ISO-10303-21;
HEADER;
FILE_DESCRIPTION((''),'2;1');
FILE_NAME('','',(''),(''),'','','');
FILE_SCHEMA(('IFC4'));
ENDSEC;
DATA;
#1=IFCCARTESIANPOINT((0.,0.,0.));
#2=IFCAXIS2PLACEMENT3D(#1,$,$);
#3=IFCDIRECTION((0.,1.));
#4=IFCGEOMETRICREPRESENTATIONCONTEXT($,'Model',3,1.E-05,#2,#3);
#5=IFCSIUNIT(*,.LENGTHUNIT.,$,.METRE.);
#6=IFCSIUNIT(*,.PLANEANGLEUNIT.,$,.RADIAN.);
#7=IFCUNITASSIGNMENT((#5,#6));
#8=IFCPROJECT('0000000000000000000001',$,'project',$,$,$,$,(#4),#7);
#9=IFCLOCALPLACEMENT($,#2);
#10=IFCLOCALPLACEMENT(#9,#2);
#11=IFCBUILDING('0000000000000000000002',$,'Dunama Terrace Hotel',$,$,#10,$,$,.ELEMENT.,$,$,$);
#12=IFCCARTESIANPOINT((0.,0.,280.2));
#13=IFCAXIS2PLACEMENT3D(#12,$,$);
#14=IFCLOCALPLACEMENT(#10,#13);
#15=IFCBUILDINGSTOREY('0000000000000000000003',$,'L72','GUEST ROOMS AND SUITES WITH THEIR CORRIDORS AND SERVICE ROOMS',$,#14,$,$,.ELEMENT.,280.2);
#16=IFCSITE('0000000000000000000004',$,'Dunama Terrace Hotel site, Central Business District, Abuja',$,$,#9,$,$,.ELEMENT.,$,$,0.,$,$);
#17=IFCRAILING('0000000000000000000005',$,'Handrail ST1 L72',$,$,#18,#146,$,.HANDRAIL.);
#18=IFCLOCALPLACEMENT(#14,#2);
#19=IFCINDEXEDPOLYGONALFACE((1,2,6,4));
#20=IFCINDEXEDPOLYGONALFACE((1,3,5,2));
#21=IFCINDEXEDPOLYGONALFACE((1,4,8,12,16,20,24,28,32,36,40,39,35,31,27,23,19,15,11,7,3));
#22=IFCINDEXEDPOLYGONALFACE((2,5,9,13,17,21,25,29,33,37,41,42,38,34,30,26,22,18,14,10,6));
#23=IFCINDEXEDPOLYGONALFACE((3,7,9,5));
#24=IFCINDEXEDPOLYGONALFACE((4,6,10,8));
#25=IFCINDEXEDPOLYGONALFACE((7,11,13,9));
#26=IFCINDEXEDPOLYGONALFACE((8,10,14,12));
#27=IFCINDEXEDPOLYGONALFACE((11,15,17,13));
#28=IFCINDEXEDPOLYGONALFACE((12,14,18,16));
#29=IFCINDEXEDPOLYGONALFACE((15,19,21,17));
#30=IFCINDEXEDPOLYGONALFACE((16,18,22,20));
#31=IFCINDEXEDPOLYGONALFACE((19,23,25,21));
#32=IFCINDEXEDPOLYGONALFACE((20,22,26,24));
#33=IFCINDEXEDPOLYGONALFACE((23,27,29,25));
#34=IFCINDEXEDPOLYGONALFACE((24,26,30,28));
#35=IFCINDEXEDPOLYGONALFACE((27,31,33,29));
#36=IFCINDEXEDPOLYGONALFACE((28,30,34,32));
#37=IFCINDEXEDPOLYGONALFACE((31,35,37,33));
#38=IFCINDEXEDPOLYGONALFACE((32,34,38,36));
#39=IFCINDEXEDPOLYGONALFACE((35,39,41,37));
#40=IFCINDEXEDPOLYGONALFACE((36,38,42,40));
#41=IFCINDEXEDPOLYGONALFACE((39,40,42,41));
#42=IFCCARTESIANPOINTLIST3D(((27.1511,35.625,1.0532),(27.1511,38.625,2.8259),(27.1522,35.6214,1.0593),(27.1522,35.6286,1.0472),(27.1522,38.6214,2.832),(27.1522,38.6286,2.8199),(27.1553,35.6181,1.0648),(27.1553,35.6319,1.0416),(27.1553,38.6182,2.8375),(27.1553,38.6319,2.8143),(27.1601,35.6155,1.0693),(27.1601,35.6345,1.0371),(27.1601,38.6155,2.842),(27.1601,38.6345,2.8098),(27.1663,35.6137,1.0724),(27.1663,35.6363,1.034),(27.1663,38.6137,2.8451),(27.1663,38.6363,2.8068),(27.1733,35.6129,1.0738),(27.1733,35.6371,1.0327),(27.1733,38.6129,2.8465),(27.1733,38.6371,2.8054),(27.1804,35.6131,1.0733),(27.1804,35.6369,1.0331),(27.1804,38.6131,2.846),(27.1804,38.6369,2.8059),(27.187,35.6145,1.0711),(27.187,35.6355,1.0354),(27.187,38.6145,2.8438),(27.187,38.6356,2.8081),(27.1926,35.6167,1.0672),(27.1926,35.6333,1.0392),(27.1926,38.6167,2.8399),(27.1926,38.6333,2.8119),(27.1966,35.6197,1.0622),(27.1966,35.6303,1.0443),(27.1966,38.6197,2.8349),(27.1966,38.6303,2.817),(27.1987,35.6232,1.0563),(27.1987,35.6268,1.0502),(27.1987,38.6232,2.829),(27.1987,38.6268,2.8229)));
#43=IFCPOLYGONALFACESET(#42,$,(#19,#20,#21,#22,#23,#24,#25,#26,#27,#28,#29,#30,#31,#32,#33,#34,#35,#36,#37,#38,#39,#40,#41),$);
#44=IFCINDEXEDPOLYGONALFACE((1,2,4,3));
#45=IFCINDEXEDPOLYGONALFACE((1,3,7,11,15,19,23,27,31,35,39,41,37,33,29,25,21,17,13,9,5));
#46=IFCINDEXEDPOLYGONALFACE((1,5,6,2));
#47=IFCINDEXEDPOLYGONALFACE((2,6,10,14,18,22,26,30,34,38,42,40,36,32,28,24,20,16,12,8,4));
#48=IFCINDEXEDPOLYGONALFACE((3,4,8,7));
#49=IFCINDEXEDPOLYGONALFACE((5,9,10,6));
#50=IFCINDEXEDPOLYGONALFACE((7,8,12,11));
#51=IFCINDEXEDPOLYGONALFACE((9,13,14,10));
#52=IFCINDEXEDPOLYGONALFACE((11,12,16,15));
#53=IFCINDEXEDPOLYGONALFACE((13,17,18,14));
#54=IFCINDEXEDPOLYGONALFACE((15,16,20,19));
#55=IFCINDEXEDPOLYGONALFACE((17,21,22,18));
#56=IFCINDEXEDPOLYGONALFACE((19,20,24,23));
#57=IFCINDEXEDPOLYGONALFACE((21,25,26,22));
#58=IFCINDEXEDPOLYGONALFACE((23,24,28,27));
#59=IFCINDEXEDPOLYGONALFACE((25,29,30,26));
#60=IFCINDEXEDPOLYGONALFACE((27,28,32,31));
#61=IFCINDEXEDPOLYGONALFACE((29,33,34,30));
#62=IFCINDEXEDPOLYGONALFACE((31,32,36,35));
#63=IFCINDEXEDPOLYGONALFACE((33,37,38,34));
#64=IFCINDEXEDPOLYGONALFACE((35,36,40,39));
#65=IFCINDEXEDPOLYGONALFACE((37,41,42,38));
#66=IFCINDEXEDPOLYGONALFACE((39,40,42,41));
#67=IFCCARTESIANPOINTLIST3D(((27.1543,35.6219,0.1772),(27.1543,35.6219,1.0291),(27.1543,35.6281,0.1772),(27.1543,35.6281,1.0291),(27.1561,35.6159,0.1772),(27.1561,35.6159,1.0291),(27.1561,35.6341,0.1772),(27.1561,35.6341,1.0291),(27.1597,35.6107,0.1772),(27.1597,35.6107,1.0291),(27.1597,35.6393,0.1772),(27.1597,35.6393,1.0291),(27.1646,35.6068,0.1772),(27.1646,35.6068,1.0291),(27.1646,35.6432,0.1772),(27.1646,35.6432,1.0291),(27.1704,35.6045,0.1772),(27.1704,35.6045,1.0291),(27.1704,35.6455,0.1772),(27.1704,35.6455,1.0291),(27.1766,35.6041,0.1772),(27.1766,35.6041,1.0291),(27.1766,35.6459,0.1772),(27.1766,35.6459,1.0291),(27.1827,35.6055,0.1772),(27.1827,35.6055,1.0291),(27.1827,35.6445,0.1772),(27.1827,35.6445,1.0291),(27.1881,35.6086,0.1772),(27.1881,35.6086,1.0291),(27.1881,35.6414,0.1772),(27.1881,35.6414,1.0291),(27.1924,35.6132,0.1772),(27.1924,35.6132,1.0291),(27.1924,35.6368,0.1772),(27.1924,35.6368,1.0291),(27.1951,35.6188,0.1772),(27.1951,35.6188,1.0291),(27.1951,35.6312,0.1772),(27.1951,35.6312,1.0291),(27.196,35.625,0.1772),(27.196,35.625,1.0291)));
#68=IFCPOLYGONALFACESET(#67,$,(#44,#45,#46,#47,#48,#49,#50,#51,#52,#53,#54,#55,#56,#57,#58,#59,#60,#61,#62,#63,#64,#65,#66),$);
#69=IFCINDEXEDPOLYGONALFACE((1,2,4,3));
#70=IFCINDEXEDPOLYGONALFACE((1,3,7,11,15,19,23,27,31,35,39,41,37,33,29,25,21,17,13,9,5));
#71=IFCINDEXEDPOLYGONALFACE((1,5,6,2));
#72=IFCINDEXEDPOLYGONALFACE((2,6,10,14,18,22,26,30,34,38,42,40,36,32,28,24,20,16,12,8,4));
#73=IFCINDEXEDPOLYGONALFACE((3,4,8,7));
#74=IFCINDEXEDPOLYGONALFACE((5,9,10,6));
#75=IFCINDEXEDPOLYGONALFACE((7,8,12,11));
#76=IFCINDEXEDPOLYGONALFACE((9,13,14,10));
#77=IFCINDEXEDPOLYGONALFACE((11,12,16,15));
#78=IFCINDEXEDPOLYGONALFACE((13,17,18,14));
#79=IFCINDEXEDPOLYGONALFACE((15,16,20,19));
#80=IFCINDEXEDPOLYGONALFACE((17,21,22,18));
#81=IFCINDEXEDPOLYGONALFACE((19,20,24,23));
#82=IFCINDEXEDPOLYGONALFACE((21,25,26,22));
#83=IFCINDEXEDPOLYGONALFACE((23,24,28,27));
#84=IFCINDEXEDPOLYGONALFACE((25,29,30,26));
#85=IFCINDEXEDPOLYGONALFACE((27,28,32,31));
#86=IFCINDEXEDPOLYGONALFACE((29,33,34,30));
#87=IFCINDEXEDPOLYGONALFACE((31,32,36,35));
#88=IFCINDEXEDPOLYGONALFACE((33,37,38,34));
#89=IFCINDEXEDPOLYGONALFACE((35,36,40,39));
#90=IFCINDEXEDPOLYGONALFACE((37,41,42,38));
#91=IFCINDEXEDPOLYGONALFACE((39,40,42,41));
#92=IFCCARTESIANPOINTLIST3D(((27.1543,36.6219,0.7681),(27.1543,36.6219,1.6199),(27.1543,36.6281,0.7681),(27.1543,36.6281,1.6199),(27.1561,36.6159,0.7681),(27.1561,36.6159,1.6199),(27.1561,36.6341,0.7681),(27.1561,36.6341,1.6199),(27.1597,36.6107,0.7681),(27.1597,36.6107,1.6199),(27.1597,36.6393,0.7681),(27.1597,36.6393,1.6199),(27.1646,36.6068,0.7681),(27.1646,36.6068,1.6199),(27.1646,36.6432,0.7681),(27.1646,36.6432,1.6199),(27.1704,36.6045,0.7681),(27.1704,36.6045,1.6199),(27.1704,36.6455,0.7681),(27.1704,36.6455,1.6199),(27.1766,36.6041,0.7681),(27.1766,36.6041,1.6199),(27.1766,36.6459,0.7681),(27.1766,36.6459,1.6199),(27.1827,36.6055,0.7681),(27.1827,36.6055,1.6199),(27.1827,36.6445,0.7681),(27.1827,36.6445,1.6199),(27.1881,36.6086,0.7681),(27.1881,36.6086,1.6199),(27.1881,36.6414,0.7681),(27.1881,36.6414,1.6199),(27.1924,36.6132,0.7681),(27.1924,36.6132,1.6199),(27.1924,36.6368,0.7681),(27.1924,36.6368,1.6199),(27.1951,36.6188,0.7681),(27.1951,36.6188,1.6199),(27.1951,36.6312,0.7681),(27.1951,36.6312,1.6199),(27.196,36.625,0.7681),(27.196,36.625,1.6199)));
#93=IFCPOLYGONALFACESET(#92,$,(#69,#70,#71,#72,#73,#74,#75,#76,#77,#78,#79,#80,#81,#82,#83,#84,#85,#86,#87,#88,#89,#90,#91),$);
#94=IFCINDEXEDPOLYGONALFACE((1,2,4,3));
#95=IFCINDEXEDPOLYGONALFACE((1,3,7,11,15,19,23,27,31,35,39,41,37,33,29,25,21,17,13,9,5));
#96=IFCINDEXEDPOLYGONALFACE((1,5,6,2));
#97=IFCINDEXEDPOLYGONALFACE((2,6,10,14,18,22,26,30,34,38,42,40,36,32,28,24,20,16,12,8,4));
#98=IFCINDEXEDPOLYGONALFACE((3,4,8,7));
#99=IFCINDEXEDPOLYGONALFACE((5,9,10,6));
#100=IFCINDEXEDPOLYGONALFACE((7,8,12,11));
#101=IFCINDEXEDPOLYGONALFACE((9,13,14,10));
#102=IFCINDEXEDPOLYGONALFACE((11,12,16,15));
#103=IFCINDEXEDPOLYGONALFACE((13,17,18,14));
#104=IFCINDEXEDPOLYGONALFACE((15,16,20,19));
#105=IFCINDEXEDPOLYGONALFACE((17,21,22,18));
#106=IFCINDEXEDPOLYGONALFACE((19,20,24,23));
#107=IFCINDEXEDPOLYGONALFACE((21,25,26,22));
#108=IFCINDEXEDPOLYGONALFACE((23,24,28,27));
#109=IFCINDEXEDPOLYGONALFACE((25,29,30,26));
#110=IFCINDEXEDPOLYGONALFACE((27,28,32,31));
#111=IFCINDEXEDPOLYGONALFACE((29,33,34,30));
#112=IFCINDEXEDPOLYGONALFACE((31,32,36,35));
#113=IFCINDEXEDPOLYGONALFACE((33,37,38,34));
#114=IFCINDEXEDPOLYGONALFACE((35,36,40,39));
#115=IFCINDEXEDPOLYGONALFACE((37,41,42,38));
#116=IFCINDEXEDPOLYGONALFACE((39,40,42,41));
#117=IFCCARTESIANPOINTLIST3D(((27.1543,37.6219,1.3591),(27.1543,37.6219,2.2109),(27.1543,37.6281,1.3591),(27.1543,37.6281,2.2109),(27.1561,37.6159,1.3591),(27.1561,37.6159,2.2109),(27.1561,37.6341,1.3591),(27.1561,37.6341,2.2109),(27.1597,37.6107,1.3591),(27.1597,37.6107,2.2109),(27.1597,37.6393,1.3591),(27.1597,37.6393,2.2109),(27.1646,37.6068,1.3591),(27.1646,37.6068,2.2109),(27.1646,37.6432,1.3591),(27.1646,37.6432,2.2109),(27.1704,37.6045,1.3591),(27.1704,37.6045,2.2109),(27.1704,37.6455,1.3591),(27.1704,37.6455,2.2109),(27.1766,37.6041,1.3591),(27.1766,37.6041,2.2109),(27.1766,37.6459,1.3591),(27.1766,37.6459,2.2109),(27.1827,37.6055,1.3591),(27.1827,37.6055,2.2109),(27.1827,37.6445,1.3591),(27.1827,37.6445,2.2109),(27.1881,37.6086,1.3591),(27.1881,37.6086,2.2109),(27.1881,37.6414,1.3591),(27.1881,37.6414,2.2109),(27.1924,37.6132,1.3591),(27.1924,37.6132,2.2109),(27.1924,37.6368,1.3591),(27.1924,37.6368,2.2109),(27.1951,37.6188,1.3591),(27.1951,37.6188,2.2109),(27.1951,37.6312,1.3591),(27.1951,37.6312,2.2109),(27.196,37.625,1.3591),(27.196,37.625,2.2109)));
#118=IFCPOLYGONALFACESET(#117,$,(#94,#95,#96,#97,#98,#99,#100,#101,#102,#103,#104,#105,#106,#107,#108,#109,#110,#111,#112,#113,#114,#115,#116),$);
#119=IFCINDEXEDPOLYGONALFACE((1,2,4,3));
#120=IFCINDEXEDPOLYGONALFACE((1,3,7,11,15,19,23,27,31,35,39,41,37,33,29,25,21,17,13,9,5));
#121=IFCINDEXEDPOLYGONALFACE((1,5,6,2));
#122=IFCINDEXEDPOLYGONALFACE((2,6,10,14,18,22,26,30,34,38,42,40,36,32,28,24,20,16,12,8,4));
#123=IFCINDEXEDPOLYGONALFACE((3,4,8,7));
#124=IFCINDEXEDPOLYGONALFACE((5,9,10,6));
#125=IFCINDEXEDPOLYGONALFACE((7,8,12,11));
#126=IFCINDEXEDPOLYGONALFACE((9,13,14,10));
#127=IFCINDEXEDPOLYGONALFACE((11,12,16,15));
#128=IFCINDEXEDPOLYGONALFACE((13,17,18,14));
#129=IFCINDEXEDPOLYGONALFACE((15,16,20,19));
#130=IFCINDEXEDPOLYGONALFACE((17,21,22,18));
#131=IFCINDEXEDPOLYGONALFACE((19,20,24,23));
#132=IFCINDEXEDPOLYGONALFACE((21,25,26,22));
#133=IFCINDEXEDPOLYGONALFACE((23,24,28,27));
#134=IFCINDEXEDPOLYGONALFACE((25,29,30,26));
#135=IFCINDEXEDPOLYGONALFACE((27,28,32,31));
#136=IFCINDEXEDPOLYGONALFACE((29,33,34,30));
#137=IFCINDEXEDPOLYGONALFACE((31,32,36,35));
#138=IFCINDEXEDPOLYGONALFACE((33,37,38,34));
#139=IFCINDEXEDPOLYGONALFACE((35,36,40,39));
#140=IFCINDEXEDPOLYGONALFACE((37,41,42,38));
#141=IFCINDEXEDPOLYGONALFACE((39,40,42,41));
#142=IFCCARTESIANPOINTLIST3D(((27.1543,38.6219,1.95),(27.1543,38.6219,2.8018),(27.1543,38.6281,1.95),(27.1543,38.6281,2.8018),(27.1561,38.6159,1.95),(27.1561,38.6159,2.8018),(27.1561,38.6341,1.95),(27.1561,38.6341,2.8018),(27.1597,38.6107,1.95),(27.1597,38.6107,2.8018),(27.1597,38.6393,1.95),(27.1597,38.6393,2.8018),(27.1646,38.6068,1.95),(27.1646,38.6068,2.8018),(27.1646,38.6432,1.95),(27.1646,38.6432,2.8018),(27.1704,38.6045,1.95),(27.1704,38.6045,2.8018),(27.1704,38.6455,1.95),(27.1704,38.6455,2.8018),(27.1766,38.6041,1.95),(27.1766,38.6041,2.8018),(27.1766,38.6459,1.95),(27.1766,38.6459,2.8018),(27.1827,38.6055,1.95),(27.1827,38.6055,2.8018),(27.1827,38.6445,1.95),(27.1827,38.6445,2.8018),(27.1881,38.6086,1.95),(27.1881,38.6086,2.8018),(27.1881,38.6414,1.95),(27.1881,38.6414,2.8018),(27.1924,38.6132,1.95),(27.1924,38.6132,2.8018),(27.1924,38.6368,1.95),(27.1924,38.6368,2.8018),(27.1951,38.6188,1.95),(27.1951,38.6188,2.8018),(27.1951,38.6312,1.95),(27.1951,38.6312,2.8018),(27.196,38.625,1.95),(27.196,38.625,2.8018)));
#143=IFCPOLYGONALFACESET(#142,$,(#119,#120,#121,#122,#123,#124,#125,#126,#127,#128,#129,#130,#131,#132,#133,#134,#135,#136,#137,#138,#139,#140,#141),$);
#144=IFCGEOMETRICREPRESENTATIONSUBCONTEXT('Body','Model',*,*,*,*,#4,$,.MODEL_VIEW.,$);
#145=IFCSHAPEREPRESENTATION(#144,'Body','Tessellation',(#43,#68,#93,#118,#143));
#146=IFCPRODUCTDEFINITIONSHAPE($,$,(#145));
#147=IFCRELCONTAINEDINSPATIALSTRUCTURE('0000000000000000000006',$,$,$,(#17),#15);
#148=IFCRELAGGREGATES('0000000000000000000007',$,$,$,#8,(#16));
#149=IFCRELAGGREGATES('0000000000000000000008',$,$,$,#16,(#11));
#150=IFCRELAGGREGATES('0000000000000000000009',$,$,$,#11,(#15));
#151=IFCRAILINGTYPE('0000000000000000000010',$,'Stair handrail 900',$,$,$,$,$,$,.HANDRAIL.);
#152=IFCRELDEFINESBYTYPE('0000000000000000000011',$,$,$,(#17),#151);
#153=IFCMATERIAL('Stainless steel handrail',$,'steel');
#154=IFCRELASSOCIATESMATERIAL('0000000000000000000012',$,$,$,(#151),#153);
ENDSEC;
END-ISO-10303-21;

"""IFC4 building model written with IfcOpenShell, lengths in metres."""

from ifc_helpers import new_model, si_unit, direction, frame, origin, origin_2d, place, context, subcontext, project, spatial, circle, extrude, material, type_object, element, save


model = new_model("IFC4")

# Units and contexts
model_context = context("Model", 3, precision=1e-05, world=origin(), true_north=direction((0.0, 1.0)))
body_context = subcontext(model_context, "Body", "Model", "MODEL_VIEW")
ifc_project = project(units=[si_unit("LENGTHUNIT", "METRE"), si_unit("PLANEANGLEUNIT", "RADIAN")], contexts=[model_context])

# Site, building, storey
site_placement = place(None, origin())
site = spatial("IfcSite", under=ifc_project, at=site_placement, Name="Dunama Terrace Hotel site, Central Business District, Abuja", CompositionType="ELEMENT", RefElevation=0.0)
building_placement = place(site_placement, origin())
building = spatial("IfcBuilding", under=site, at=building_placement, Name="Dunama Terrace Hotel", CompositionType="ELEMENT")
storey_placement = place(building_placement, frame((0.0, 0.0, 280.2)))
storey = spatial("IfcBuildingStorey", under=building, at=storey_placement, Name="L72", Description="GUEST ROOMS AND SUITES WITH THEIR CORRIDORS AND SERVICE ROOMS", CompositionType="ELEMENT", Elevation=280.2)

# Railing
ifc_material_1 = material(Name="Stainless steel handrail", Category="steel")
railing_type = type_object("IfcRailingType", Name="Stair handrail 900", PredefinedType="HANDRAIL", material=ifc_material_1)
railing_1_placement = place(storey_placement, frame((27.175, 35.625, 0.1772)))
element("IfcRailing", 1, at=railing_1_placement, inside=storey, type_object=railing_type, Name="Handrail ST1 L72", PredefinedType="HANDRAIL", context=body_context, shape_type="SweptSolid", body=[
    extrude(circle(Radius=0.0239, at=origin_2d()), frame((0.0, 0.0, 0.876), z_axis=(0.0, 0.860929, 0.508725), x_axis=(-1.0, 0.0, 0.0)), (0.0, 0.0, 1.0), 3.4846),
    extrude(circle(Radius=0.021, at=origin_2d()), origin(), (0.0, 0.0, 1.0), 0.8518),
    extrude(circle(Radius=0.021, at=origin_2d()), frame((0.0, 1.0, 0.5908)), (0.0, 0.0, 1.0), 0.8518),
    extrude(circle(Radius=0.021, at=origin_2d()), frame((0.0, 2.0, 1.1819)), (0.0, 0.0, 1.0), 0.8518),
    extrude(circle(Radius=0.021, at=origin_2d()), frame((0.0, 3.0, 1.7727)), (0.0, 0.0, 1.0), 0.8518),
])

save(model, "model.ifc")
